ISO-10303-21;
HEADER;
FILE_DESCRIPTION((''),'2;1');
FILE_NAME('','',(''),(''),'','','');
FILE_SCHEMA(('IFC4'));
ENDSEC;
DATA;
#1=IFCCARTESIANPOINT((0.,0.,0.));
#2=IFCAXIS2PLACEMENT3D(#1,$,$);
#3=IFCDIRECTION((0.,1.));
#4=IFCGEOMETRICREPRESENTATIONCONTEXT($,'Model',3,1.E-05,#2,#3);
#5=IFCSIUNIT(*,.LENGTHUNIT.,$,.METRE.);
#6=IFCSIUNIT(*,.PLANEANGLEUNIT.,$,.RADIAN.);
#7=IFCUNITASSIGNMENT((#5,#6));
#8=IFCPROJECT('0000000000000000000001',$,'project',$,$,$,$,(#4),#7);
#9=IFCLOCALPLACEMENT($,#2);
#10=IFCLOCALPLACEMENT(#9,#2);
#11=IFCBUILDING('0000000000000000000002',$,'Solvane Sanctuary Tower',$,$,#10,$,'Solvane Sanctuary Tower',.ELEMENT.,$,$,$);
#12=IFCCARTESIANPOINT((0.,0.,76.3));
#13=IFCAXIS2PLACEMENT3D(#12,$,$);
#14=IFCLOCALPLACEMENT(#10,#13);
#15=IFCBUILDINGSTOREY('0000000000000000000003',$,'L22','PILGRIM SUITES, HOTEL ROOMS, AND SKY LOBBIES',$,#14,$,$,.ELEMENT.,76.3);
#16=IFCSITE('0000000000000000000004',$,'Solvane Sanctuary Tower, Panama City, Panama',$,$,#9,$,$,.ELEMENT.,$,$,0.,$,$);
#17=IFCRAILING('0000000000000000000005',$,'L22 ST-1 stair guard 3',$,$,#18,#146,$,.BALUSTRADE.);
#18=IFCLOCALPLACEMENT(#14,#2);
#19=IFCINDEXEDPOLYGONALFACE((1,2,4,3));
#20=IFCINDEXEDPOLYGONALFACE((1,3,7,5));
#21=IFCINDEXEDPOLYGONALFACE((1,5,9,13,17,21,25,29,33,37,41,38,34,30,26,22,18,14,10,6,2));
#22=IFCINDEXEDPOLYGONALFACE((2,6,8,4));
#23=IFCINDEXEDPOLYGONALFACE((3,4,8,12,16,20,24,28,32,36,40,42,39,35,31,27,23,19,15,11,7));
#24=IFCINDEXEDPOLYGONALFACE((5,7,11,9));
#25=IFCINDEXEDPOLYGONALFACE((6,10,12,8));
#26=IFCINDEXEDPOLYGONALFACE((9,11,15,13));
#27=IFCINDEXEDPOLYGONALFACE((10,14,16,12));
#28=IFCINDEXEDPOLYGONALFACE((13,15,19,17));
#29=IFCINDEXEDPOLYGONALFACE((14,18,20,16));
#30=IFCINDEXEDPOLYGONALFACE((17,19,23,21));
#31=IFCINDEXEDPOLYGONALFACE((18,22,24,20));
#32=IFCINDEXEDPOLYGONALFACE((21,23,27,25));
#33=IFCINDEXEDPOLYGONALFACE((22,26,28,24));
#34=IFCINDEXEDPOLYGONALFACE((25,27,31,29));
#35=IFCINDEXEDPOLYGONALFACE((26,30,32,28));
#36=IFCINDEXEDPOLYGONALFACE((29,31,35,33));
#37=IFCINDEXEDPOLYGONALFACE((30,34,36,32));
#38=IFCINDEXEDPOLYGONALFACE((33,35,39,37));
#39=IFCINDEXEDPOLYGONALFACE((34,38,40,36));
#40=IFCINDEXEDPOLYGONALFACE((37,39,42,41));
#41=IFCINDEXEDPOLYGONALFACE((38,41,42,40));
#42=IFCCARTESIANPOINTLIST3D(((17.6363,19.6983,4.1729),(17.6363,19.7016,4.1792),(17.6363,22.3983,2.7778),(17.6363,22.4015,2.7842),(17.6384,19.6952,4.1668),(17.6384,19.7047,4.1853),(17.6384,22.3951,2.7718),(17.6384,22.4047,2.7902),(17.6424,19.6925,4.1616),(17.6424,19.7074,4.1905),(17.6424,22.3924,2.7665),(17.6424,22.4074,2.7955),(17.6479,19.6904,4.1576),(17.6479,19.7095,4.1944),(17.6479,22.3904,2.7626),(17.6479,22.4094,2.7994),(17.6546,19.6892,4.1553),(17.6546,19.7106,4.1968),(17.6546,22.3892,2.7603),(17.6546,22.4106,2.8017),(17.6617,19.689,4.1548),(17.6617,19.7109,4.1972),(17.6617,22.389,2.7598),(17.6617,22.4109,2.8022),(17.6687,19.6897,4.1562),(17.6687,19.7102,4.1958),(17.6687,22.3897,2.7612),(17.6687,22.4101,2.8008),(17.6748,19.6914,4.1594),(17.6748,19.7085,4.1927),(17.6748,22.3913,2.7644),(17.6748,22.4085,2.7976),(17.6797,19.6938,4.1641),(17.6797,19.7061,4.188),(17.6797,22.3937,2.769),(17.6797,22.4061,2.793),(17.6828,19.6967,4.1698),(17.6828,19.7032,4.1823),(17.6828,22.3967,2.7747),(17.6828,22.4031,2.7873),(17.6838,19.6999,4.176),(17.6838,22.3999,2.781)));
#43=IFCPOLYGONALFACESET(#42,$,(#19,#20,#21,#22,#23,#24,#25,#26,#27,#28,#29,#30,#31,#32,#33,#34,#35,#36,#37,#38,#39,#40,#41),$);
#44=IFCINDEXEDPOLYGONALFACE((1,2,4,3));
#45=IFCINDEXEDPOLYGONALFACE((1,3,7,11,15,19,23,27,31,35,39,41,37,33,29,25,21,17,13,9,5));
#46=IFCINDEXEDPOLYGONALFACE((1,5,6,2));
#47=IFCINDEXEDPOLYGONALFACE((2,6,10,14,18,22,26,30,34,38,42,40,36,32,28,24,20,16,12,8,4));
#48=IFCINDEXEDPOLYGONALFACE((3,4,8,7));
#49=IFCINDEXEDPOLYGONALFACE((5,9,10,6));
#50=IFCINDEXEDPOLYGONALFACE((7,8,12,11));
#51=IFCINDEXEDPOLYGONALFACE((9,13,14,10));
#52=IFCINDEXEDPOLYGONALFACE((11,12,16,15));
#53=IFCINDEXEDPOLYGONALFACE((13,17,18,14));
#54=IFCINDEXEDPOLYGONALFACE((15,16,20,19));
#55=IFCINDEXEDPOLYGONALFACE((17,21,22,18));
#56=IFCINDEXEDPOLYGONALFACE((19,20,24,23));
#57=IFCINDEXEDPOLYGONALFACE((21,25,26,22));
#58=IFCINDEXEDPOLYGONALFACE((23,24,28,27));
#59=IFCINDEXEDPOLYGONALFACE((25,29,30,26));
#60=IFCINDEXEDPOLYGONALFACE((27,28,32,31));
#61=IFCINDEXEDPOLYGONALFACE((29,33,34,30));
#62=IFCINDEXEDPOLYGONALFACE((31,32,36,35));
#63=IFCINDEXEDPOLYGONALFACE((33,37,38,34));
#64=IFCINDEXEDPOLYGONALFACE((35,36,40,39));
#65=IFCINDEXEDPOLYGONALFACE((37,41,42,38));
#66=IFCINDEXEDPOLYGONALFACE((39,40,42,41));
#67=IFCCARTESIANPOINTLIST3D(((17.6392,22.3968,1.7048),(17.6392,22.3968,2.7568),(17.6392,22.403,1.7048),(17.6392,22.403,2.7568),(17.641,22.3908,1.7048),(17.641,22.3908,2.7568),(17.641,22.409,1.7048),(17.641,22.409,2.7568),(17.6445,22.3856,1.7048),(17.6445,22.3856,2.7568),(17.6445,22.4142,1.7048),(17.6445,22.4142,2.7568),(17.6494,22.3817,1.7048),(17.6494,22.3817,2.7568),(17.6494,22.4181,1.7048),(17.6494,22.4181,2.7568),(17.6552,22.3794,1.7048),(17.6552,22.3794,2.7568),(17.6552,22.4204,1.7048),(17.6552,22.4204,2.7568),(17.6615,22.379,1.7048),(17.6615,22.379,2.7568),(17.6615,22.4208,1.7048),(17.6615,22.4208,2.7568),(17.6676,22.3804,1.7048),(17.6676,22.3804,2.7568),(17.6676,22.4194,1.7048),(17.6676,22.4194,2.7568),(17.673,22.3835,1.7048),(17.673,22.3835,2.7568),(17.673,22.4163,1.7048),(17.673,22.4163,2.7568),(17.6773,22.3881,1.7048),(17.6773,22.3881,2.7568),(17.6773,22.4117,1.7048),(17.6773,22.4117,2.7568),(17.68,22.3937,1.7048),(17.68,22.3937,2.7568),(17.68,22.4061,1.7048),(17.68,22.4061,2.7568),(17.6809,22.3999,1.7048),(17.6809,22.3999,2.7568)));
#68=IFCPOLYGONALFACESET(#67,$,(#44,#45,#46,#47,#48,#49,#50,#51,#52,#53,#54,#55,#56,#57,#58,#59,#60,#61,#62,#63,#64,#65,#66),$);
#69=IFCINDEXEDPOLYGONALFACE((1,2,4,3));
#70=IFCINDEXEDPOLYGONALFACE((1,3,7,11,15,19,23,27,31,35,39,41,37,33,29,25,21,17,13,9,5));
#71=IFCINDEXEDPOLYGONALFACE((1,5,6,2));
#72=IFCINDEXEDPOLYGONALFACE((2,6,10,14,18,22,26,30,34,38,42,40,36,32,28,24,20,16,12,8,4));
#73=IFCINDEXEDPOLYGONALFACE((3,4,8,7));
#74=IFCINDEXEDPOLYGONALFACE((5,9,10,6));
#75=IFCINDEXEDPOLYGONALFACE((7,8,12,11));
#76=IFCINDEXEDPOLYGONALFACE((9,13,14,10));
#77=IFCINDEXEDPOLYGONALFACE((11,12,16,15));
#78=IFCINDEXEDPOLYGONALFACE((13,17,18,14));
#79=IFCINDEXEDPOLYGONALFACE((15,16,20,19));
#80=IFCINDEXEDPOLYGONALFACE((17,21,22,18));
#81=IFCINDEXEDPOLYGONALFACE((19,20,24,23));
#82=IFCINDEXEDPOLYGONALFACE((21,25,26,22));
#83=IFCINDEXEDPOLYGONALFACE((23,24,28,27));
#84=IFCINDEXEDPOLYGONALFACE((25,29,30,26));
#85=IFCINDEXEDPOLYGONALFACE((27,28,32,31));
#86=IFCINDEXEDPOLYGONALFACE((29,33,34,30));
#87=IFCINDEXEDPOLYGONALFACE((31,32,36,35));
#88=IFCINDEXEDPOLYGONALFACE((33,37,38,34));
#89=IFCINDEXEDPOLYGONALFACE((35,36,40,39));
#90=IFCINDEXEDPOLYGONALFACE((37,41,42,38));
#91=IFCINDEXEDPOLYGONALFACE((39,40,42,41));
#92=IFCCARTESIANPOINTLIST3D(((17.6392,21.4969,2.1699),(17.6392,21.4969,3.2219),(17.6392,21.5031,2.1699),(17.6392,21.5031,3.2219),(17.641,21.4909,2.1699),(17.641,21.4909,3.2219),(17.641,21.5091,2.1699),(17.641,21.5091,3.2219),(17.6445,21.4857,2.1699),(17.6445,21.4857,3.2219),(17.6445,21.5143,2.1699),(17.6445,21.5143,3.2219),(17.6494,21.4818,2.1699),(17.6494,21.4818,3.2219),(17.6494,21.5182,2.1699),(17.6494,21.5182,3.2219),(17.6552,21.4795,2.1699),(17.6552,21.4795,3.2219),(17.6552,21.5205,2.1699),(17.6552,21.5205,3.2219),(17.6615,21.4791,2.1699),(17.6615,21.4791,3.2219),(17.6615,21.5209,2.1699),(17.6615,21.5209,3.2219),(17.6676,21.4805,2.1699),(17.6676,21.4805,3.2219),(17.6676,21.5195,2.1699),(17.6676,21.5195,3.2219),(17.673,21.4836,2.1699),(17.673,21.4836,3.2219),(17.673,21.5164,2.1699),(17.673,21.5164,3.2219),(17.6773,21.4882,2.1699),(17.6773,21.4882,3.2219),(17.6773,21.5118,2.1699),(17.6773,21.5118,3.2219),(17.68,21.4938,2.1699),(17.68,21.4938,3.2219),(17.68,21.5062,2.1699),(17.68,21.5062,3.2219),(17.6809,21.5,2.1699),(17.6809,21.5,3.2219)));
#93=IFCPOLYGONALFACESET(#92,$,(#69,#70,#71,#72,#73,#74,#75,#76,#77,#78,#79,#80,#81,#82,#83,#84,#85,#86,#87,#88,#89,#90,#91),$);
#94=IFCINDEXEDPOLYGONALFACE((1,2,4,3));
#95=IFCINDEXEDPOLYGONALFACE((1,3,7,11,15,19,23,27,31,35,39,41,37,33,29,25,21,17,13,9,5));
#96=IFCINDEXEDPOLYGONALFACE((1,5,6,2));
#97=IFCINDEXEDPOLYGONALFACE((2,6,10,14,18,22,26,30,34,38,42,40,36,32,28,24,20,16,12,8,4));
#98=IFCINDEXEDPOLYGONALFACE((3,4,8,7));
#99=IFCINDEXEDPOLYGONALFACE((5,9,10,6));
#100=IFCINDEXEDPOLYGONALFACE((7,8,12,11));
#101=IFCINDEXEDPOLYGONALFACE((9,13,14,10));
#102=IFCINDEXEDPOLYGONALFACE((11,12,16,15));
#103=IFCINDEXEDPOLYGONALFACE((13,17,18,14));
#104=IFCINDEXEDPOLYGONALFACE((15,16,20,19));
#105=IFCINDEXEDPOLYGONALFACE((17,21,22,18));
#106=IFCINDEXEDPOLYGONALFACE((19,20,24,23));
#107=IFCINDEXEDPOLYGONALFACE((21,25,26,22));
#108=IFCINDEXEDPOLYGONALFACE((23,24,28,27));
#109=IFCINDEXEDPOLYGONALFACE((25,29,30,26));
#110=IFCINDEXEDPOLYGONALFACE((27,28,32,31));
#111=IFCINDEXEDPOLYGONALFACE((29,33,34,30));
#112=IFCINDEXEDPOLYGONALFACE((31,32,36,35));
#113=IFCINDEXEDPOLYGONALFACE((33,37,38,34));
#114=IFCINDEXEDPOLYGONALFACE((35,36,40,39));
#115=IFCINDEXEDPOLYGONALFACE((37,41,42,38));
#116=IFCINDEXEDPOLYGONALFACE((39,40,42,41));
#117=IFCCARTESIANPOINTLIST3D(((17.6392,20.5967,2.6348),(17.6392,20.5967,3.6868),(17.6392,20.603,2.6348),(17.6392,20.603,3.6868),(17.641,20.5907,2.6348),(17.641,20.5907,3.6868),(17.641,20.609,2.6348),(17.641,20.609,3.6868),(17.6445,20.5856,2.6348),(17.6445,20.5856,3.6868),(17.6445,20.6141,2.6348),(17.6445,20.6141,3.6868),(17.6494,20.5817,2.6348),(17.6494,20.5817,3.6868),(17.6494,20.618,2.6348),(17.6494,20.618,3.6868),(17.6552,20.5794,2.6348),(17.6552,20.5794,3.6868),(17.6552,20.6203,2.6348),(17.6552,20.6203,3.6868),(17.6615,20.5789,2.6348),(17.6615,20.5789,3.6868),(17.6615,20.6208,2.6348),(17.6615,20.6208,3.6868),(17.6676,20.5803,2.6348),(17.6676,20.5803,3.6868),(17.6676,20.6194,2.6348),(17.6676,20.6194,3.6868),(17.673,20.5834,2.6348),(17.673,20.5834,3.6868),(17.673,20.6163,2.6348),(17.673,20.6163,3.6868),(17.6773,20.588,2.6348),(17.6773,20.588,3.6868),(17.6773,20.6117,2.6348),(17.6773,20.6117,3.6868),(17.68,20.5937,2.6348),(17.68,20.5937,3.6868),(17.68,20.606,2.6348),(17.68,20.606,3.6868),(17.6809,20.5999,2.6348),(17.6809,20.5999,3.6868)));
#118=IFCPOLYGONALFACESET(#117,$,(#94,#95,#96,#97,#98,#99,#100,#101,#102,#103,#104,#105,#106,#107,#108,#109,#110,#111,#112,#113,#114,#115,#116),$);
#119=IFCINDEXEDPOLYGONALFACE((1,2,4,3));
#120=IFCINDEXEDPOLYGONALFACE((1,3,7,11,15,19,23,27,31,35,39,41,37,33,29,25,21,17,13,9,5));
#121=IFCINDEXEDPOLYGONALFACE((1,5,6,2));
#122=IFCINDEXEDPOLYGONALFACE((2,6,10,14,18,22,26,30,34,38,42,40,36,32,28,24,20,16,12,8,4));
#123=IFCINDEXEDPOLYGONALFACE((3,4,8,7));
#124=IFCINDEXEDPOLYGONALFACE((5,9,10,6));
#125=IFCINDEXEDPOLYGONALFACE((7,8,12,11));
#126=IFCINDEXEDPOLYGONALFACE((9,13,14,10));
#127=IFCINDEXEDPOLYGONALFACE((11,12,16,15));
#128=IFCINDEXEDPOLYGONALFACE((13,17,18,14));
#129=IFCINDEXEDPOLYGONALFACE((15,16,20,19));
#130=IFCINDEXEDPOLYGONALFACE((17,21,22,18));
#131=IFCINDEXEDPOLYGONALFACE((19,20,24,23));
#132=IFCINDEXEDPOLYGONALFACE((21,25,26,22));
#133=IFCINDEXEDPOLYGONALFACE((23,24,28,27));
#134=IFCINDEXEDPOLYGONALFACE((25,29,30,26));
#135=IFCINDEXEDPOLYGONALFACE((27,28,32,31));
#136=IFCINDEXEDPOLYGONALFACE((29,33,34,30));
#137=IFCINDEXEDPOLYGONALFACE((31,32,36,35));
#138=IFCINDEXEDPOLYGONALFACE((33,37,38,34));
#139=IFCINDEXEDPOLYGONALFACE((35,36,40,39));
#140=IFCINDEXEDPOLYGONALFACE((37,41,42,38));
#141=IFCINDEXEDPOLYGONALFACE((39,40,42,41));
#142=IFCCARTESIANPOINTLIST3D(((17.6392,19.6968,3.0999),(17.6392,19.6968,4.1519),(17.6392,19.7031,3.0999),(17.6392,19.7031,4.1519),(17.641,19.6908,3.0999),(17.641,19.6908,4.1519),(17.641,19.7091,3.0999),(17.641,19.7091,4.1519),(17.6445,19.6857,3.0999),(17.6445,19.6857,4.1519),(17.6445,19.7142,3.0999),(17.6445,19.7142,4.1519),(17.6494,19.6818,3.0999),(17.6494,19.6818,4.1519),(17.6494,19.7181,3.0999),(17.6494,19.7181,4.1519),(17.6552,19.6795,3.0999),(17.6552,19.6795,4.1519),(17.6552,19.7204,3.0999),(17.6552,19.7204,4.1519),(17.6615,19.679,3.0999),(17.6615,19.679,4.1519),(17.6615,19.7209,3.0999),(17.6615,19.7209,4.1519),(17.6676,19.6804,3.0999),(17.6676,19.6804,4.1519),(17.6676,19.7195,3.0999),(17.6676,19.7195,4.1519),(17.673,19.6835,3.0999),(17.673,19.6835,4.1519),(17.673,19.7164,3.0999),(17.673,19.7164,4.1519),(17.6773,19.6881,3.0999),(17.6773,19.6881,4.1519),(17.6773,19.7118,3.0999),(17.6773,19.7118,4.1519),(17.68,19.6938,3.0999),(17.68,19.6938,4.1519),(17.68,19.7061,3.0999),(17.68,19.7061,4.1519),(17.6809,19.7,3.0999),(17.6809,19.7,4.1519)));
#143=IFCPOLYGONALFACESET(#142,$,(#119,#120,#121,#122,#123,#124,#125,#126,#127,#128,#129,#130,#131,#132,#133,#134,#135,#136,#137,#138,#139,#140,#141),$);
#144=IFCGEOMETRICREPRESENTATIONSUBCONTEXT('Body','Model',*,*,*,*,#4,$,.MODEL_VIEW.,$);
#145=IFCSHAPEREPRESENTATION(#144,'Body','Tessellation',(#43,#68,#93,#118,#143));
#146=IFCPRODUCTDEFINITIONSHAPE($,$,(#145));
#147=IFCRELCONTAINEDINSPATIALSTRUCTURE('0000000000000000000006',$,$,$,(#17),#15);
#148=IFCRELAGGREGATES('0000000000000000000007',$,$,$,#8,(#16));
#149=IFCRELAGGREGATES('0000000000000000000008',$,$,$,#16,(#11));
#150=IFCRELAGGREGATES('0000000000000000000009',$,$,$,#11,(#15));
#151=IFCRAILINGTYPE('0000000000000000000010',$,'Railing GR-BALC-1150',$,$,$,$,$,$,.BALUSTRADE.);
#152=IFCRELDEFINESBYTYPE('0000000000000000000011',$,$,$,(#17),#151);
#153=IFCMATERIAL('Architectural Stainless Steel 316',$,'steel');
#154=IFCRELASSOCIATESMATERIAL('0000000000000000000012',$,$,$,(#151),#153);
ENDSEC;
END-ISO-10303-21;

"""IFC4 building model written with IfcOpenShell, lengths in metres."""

from ifc_helpers import new_model, si_unit, direction, frame, origin, origin_2d, place, context, subcontext, project, spatial, circle, extrude, material, type_object, element, save


model = new_model("IFC4")

# Units and contexts
model_context = context("Model", 3, precision=1e-05, world=origin(), true_north=direction((0.0, 1.0)))
body_context = subcontext(model_context, "Body", "Model", "MODEL_VIEW")
ifc_project = project(units=[si_unit("LENGTHUNIT", "METRE"), si_unit("PLANEANGLEUNIT", "RADIAN")], contexts=[model_context])

# Site, building, storey
site_placement = place(None, origin())
site = spatial("IfcSite", under=ifc_project, at=site_placement, Name="Solvane Sanctuary Tower, Panama City, Panama", CompositionType="ELEMENT", RefElevation=0.0)
building_placement = place(site_placement, origin())
building = spatial("IfcBuilding", under=site, at=building_placement, Name="Solvane Sanctuary Tower", LongName="Solvane Sanctuary Tower", CompositionType="ELEMENT")
storey_placement = place(building_placement, frame((0.0, 0.0, 76.3)))
storey = spatial("IfcBuildingStorey", under=building, at=storey_placement, Name="L22", Description="PILGRIM SUITES, HOTEL ROOMS, AND SKY LOBBIES", CompositionType="ELEMENT", Elevation=76.3)

# Shared definitions
ifc_material_1 = material(Name="Architectural Stainless Steel 316", Category="steel")

# Railing
railing_type_1 = type_object("IfcRailingType", Name="Railing GR-BALC-1150", PredefinedType="BALUSTRADE", material=ifc_material_1)
railing_1_placement = place(storey_placement, frame((17.6599, 22.3999, 1.7048)))
element("IfcRailing", 1, at=railing_1_placement, inside=storey, type_object=railing_type_1, Name="L22 ST-1 stair guard 3", PredefinedType="BALUSTRADE", context=body_context, shape_type="SweptSolid", body=[
    extrude(circle(Radius=0.0239, at=origin_2d()), frame((0.0, 0.0, 1.0762), z_axis=(0.0, -0.88842, 0.459032), x_axis=(1.0, 0.0, 0.0)), (0.0, 0.0, 1.0), 3.0391),
    extrude(circle(Radius=0.021, at=origin_2d()), origin(), (0.0, 0.0, 1.0), 1.052),
    extrude(circle(Radius=0.021, at=origin_2d()), frame((0.0, -0.8999, 0.4651)), (0.0, 0.0, 1.0), 1.052),
    extrude(circle(Radius=0.021, at=origin_2d()), frame((0.0, -1.8, 0.9299)), (0.0, 0.0, 1.0), 1.052),
    extrude(circle(Radius=0.021, at=origin_2d()), frame((0.0, -2.7, 1.395)), (0.0, 0.0, 1.0), 1.052),
])

save(model, "model.ifc")
